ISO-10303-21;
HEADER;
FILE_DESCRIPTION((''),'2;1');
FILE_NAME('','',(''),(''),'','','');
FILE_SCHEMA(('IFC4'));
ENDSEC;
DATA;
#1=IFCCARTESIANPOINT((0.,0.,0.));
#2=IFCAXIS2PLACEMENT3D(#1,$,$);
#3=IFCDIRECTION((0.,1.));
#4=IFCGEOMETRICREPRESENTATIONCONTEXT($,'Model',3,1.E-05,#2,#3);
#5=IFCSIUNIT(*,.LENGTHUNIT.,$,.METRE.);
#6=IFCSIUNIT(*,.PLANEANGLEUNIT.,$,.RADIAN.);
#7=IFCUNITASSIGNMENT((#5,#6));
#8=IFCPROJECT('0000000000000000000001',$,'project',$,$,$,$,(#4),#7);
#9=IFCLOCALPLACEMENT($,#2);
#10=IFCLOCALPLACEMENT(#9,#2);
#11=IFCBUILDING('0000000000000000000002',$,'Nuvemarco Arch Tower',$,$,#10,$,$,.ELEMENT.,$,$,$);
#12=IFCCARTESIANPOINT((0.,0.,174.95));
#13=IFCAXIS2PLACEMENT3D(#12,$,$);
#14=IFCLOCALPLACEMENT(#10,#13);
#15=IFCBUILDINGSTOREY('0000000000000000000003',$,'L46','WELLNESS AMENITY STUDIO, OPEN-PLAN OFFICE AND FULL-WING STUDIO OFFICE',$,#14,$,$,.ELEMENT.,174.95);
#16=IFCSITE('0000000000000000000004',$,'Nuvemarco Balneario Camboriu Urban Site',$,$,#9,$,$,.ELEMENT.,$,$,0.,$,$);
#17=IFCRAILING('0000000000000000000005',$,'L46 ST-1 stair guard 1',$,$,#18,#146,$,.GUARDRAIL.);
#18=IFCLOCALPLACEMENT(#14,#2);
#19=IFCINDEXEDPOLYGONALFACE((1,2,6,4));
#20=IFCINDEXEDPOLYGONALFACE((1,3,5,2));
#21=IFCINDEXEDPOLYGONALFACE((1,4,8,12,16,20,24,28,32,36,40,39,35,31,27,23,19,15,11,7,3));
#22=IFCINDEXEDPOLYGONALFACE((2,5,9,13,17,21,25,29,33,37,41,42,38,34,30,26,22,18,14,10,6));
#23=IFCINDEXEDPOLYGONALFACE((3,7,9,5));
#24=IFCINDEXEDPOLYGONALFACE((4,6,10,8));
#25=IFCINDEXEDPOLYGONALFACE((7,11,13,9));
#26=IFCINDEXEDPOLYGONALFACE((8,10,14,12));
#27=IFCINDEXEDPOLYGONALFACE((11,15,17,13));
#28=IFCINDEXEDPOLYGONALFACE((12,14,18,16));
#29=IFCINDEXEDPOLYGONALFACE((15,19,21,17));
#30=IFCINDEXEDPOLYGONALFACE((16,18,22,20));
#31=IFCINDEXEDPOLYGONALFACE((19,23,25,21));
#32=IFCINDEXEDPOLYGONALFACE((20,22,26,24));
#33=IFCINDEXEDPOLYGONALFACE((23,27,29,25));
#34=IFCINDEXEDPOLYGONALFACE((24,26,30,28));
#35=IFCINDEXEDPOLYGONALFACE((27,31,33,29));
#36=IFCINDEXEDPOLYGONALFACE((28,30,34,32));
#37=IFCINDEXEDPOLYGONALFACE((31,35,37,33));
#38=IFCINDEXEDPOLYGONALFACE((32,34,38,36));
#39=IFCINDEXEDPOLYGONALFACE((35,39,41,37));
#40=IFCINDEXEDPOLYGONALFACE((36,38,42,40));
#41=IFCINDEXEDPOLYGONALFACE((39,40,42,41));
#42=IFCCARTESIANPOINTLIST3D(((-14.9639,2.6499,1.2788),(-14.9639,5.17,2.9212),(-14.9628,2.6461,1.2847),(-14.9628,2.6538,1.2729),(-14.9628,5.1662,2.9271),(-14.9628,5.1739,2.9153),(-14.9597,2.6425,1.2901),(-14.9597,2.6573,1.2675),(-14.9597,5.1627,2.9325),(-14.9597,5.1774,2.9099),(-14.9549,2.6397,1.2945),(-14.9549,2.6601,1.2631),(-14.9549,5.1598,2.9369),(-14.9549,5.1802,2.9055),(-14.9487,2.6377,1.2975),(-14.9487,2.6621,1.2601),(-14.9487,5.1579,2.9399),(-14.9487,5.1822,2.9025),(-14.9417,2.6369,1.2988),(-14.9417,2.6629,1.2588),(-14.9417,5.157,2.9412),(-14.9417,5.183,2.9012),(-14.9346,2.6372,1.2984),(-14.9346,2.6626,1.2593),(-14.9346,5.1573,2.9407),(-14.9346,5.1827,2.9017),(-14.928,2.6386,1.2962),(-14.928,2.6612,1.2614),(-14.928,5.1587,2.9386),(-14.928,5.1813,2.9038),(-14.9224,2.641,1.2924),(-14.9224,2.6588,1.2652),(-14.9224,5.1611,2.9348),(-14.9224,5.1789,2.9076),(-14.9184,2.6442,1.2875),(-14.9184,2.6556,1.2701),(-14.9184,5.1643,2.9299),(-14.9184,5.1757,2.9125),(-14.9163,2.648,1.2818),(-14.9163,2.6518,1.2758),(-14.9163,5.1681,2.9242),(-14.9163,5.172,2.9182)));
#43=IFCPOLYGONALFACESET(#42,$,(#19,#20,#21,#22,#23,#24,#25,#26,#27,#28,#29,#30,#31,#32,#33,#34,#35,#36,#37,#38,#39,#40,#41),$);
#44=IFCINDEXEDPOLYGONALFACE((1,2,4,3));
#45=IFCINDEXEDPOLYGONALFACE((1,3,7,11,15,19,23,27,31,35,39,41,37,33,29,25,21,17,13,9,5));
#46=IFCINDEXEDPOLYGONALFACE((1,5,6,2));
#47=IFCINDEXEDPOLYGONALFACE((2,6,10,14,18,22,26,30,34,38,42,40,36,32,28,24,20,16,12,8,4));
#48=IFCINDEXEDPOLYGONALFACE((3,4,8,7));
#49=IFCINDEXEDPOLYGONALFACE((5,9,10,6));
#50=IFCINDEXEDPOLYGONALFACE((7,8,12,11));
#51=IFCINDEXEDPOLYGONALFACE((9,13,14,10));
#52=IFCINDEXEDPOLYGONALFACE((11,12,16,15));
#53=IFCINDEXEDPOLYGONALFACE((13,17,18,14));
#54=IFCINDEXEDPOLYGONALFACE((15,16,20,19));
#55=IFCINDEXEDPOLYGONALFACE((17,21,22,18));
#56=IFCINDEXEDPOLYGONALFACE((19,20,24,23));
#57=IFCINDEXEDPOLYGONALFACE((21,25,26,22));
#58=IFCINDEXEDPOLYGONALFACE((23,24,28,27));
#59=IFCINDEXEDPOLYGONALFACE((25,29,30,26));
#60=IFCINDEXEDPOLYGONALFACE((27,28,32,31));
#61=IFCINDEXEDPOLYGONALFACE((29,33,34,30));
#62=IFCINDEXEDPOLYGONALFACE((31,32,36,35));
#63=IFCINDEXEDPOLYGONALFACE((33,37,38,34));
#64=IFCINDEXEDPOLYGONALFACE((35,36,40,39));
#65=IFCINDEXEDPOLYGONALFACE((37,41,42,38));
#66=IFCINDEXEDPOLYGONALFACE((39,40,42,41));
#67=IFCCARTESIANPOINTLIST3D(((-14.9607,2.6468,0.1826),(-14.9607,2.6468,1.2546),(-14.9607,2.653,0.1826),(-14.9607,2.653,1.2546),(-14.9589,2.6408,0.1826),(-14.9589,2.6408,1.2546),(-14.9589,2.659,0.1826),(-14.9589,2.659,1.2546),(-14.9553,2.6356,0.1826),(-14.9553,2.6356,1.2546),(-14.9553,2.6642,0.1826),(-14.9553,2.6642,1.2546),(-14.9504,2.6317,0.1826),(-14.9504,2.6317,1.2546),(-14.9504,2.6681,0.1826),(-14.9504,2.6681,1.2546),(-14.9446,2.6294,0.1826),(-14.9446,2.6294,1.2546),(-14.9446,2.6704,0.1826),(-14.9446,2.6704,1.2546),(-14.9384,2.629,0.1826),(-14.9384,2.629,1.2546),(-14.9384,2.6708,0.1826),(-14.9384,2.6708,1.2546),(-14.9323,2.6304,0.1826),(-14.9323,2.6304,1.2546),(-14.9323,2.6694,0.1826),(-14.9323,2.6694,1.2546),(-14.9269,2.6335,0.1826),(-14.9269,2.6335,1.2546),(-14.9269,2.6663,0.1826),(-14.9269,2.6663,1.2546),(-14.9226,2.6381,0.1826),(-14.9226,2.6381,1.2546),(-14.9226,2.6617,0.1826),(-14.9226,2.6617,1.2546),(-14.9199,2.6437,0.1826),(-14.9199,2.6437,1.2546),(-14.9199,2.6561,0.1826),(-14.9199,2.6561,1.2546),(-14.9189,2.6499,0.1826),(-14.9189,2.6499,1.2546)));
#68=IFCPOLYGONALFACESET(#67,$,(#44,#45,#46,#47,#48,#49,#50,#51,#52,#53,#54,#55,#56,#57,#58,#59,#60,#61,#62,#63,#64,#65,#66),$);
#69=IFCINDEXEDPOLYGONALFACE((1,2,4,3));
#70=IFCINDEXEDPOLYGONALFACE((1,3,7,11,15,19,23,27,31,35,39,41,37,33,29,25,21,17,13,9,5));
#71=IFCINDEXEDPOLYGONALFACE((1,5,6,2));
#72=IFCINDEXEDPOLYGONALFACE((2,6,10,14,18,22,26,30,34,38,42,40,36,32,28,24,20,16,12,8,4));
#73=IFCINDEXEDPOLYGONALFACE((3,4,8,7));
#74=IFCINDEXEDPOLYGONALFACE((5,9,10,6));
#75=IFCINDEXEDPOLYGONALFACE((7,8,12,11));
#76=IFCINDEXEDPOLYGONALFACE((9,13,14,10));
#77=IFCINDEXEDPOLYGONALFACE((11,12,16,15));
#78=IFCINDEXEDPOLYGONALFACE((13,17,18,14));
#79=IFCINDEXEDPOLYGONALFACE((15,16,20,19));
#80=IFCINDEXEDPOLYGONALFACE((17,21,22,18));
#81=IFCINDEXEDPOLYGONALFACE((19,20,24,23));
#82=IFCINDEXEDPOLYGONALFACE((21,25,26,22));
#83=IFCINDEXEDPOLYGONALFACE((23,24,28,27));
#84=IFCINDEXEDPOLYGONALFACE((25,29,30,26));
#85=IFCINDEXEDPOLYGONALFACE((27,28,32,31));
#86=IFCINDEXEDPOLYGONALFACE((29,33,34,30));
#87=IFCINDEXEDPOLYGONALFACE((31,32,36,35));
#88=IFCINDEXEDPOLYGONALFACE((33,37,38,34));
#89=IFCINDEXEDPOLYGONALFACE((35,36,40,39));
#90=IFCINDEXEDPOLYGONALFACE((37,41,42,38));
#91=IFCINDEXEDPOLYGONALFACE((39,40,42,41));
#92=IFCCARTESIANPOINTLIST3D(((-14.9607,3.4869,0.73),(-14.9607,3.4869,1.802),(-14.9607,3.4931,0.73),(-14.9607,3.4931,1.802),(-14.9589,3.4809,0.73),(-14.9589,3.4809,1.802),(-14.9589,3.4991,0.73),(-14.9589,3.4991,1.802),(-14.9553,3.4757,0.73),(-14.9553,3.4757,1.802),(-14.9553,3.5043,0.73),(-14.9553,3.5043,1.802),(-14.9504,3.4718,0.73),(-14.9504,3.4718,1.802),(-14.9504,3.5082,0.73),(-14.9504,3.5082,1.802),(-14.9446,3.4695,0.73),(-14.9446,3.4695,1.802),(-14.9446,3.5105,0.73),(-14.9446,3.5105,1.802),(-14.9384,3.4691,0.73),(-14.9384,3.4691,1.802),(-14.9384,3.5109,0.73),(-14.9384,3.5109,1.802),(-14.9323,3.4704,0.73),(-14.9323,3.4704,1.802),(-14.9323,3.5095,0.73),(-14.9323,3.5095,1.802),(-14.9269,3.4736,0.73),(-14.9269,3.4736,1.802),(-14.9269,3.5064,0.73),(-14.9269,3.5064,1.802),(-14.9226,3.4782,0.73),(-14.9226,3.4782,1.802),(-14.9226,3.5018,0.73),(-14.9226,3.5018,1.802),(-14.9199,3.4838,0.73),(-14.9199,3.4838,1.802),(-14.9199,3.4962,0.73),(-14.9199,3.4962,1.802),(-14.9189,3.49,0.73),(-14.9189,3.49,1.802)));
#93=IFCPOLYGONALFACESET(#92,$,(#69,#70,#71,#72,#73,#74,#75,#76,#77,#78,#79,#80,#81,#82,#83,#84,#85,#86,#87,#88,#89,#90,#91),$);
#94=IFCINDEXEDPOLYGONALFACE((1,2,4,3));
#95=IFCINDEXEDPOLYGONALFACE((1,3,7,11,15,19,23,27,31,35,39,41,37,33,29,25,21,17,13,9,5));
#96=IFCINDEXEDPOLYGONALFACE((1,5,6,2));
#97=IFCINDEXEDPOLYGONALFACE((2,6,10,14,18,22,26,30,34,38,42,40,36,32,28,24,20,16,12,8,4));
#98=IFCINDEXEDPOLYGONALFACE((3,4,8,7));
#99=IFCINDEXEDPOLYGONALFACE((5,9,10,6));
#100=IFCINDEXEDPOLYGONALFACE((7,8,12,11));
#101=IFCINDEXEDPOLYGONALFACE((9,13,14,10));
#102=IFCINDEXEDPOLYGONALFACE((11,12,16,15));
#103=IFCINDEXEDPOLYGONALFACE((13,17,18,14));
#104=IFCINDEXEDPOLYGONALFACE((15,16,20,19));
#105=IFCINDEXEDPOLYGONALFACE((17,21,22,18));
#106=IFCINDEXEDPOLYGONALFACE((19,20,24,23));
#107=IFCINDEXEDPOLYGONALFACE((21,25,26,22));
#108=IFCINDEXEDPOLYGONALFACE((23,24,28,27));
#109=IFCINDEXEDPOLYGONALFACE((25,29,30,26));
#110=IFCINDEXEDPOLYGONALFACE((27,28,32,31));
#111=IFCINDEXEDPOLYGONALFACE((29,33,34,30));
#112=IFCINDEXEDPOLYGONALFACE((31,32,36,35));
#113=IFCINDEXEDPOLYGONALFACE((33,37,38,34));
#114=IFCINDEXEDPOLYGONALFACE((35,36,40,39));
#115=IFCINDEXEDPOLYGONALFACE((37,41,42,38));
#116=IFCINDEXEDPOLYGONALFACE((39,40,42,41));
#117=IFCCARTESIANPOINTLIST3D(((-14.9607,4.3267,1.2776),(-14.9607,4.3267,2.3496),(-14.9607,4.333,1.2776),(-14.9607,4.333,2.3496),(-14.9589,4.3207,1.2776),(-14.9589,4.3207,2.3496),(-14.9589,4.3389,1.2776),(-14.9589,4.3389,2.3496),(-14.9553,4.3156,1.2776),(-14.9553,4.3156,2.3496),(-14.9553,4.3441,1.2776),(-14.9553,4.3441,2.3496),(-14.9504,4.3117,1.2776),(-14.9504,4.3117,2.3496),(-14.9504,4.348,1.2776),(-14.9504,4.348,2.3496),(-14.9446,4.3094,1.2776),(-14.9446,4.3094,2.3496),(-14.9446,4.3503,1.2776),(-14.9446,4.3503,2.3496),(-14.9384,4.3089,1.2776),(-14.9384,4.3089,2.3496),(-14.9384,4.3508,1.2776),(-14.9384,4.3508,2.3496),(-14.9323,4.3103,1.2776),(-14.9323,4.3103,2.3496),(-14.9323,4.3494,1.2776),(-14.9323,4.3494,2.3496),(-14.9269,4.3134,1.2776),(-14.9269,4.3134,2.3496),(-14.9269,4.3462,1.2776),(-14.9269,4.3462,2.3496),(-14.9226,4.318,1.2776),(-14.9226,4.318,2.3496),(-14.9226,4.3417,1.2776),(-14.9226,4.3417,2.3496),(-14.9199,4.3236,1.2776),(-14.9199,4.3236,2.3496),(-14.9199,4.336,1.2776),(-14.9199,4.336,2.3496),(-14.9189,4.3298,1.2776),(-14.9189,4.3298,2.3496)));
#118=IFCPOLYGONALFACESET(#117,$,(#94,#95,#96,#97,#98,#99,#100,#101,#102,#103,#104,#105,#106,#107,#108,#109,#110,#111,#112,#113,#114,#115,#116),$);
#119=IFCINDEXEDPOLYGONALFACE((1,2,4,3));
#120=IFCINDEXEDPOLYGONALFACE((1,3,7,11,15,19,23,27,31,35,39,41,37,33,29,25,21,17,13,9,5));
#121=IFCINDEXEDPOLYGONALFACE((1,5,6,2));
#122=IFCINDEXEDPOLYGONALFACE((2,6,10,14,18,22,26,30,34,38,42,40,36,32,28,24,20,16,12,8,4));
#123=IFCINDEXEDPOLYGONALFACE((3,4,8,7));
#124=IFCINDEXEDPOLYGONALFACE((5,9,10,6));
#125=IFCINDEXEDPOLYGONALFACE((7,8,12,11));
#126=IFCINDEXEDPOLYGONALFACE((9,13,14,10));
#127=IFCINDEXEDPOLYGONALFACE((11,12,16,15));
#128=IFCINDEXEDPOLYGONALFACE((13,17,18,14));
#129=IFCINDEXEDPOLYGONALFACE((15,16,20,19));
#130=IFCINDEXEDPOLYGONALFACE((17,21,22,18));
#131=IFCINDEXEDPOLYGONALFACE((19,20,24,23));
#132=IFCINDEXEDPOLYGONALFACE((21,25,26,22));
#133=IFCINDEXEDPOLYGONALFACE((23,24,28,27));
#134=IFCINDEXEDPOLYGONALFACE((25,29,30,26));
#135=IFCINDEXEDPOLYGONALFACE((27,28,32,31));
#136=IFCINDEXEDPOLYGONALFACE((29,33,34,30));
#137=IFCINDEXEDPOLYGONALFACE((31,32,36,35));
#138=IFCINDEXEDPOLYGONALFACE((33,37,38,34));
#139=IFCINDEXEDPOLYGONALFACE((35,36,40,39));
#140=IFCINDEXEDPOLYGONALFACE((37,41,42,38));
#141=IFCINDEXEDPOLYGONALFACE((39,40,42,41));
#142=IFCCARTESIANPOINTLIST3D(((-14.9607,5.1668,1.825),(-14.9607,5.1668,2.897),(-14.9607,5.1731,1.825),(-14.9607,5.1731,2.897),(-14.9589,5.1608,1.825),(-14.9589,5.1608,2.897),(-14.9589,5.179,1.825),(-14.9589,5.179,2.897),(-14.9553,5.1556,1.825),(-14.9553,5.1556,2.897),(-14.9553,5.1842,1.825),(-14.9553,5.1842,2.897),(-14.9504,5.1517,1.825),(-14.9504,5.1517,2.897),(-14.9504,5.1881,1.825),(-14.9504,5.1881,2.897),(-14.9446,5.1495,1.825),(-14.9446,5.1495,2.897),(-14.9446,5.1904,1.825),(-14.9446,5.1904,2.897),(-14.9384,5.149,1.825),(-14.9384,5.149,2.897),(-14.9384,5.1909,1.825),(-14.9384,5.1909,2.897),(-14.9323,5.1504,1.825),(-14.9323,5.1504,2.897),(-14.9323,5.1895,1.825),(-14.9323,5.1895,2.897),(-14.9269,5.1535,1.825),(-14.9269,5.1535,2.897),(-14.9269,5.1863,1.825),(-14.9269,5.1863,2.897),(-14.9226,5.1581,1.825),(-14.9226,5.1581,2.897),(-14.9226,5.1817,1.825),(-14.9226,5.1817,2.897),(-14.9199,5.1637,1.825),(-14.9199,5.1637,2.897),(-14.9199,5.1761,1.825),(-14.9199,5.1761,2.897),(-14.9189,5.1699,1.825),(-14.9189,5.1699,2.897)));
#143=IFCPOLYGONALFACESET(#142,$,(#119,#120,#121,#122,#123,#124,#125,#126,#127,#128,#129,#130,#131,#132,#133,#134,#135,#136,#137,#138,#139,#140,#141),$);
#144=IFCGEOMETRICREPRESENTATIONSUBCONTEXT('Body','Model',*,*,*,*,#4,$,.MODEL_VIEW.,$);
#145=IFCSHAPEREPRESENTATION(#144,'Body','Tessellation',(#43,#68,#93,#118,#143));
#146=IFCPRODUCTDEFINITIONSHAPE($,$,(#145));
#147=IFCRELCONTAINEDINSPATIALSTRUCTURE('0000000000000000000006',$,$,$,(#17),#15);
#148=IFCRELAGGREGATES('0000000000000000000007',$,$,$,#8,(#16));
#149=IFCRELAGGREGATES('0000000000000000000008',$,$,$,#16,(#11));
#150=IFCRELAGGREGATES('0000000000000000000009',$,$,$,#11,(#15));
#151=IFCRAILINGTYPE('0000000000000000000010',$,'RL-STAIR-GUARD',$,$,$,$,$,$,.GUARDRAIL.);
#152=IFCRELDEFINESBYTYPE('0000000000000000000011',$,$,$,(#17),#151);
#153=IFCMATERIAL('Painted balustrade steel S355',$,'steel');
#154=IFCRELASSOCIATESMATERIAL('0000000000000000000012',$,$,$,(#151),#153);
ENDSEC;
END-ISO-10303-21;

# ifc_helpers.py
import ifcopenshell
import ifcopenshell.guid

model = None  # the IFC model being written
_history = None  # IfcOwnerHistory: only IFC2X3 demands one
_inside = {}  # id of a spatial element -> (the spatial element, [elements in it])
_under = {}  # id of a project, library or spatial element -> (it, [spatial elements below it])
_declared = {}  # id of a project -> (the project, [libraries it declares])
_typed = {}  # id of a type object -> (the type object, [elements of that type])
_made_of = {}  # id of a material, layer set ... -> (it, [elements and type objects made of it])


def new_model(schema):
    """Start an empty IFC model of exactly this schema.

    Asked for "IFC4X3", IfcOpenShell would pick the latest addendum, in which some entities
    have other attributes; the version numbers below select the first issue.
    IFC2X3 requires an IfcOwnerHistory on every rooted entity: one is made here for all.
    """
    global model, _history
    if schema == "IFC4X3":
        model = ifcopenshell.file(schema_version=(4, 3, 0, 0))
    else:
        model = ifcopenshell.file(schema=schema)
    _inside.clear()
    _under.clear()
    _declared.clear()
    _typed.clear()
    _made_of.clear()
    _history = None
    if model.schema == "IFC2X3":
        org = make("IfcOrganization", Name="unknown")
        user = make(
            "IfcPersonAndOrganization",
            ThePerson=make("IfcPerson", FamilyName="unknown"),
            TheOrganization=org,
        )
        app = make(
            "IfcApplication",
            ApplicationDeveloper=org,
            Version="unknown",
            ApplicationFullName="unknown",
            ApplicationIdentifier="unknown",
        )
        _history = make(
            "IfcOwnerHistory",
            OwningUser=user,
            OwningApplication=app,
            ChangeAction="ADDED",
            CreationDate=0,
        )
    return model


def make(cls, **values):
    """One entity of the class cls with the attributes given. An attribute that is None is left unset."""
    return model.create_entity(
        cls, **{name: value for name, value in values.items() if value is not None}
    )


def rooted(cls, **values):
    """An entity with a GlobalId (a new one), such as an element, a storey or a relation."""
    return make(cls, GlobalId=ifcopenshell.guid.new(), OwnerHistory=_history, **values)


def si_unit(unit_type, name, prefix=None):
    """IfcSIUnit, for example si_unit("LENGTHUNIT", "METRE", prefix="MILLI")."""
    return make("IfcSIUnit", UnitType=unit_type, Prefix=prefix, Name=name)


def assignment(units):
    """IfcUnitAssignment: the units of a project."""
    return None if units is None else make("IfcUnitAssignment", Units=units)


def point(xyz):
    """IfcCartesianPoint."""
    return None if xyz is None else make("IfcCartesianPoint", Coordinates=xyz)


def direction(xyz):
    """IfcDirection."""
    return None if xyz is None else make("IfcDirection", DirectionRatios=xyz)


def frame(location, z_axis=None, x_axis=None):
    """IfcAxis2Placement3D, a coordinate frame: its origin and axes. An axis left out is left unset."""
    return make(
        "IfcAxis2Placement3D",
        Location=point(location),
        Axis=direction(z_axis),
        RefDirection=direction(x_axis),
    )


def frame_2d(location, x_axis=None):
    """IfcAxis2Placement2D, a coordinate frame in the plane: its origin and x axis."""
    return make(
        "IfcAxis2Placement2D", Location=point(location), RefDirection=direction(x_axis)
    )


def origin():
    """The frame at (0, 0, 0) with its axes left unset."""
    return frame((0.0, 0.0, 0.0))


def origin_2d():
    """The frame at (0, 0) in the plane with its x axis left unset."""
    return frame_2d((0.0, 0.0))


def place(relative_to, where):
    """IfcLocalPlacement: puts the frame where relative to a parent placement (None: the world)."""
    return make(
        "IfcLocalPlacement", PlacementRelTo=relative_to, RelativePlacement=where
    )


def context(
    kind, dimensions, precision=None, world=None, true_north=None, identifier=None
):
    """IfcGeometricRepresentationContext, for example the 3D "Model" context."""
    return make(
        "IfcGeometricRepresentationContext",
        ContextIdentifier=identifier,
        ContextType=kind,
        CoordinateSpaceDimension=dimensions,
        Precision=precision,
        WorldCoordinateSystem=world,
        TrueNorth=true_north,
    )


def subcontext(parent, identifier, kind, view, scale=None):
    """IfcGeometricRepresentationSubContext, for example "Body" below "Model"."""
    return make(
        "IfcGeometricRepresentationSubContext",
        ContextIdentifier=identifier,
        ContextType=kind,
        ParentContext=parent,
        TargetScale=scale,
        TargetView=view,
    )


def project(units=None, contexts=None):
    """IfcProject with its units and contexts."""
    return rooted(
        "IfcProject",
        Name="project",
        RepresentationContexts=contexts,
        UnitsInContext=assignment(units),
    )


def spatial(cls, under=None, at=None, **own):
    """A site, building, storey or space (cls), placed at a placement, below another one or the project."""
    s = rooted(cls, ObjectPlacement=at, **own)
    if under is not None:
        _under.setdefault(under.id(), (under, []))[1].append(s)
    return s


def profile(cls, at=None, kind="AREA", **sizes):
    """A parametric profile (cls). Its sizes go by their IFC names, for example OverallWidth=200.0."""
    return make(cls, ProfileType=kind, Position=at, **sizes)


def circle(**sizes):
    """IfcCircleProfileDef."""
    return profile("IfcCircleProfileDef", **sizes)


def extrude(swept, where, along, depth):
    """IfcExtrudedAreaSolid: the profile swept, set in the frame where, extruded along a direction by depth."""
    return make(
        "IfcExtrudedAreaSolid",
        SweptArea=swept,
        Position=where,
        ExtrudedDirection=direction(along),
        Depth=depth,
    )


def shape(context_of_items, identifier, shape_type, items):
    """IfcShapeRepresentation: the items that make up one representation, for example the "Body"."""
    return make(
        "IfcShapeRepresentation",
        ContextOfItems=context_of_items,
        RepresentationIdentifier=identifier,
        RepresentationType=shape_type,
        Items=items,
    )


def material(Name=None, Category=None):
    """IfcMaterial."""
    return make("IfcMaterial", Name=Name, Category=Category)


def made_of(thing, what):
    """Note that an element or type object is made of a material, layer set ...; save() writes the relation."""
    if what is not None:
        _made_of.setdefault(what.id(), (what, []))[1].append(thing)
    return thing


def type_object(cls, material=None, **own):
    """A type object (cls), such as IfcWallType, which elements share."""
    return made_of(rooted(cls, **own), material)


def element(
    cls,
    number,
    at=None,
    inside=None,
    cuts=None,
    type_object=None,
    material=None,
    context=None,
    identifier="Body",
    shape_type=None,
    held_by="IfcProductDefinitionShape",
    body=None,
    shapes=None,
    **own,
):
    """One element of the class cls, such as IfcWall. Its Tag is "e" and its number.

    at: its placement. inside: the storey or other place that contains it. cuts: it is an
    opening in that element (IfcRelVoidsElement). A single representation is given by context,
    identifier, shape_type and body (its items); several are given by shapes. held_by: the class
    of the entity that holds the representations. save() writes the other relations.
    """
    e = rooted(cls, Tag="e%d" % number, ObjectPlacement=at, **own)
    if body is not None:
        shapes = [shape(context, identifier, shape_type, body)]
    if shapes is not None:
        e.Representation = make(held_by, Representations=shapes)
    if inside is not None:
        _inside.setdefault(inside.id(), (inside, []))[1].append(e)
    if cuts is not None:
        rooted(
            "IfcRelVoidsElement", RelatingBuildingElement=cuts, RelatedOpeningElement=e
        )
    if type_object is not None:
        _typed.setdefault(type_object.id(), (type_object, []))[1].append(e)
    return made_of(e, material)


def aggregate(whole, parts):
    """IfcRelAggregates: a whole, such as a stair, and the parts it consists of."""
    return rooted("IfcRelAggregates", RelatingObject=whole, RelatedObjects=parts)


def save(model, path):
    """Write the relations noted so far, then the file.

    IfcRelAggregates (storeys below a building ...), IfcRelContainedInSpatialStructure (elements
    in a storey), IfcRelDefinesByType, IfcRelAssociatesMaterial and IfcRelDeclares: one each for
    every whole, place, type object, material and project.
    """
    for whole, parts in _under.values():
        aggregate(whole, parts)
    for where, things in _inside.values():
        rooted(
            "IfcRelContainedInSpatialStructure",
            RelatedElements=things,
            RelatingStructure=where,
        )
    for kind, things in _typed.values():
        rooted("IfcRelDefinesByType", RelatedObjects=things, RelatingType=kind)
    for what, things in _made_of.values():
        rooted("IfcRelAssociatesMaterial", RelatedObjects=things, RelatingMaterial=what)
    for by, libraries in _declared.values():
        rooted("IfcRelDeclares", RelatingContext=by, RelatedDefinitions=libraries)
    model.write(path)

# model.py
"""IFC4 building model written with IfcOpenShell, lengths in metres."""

from ifc_helpers import new_model, si_unit, direction, frame, origin, origin_2d, place, context, subcontext, project, spatial, circle, extrude, material, type_object, element, save


model = new_model("IFC4")

# Units and contexts
model_context = context("Model", 3, precision=1e-05, world=origin(), true_north=direction((0.0, 1.0)))
body_context = subcontext(model_context, "Body", "Model", "MODEL_VIEW")
ifc_project = project(units=[si_unit("LENGTHUNIT", "METRE"), si_unit("PLANEANGLEUNIT", "RADIAN")], contexts=[model_context])

# Site, building, storey
site_placement = place(None, origin())
site = spatial("IfcSite", under=ifc_project, at=site_placement, Name="Nuvemarco Balneario Camboriu Urban Site", CompositionType="ELEMENT", RefElevation=0.0)
building_placement = place(site_placement, origin())
building = spatial("IfcBuilding", under=site, at=building_placement, Name="Nuvemarco Arch Tower", CompositionType="ELEMENT")
storey_placement = place(building_placement, frame((0.0, 0.0, 174.95)))
storey = spatial("IfcBuildingStorey", under=building, at=storey_placement, Name="L46", Description="WELLNESS AMENITY STUDIO, OPEN-PLAN OFFICE AND FULL-WING STUDIO OFFICE", CompositionType="ELEMENT", Elevation=174.95)

# Railing
ifc_material_1 = material(Name="Painted balustrade steel S355", Category="steel")
railing_type_1 = type_object("IfcRailingType", Name="RL-STAIR-GUARD", PredefinedType="GUARDRAIL", material=ifc_material_1)
railing_1_placement = place(storey_placement, frame((-14.9399, 2.6499, 0.1826)))
element("IfcRailing", 1, at=railing_1_placement, inside=storey, type_object=railing_type_1, Name="L46 ST-1 stair guard 1", PredefinedType="GUARDRAIL", context=body_context, shape_type="SweptSolid", body=[
    extrude(circle(Radius=0.0239, at=origin_2d()), frame((0.0, 0.0, 1.0962), z_axis=(0.0, 0.837787, 0.545998), x_axis=(-1.0, 0.0, 0.0)), (0.0, 0.0, 1.0), 3.0081),
    extrude(circle(Radius=0.021, at=origin_2d()), origin(), (0.0, 0.0, 1.0), 1.072),
    extrude(circle(Radius=0.021, at=origin_2d()), frame((0.0, 0.8401, 0.5474)), (0.0, 0.0, 1.0), 1.072),
    extrude(circle(Radius=0.021, at=origin_2d()), frame((0.0, 1.6799, 1.095)), (0.0, 0.0, 1.0), 1.072),
    extrude(circle(Radius=0.021, at=origin_2d()), frame((0.0, 2.52, 1.6423)), (0.0, 0.0, 1.0), 1.072),
])

save(model, "model.ifc")
